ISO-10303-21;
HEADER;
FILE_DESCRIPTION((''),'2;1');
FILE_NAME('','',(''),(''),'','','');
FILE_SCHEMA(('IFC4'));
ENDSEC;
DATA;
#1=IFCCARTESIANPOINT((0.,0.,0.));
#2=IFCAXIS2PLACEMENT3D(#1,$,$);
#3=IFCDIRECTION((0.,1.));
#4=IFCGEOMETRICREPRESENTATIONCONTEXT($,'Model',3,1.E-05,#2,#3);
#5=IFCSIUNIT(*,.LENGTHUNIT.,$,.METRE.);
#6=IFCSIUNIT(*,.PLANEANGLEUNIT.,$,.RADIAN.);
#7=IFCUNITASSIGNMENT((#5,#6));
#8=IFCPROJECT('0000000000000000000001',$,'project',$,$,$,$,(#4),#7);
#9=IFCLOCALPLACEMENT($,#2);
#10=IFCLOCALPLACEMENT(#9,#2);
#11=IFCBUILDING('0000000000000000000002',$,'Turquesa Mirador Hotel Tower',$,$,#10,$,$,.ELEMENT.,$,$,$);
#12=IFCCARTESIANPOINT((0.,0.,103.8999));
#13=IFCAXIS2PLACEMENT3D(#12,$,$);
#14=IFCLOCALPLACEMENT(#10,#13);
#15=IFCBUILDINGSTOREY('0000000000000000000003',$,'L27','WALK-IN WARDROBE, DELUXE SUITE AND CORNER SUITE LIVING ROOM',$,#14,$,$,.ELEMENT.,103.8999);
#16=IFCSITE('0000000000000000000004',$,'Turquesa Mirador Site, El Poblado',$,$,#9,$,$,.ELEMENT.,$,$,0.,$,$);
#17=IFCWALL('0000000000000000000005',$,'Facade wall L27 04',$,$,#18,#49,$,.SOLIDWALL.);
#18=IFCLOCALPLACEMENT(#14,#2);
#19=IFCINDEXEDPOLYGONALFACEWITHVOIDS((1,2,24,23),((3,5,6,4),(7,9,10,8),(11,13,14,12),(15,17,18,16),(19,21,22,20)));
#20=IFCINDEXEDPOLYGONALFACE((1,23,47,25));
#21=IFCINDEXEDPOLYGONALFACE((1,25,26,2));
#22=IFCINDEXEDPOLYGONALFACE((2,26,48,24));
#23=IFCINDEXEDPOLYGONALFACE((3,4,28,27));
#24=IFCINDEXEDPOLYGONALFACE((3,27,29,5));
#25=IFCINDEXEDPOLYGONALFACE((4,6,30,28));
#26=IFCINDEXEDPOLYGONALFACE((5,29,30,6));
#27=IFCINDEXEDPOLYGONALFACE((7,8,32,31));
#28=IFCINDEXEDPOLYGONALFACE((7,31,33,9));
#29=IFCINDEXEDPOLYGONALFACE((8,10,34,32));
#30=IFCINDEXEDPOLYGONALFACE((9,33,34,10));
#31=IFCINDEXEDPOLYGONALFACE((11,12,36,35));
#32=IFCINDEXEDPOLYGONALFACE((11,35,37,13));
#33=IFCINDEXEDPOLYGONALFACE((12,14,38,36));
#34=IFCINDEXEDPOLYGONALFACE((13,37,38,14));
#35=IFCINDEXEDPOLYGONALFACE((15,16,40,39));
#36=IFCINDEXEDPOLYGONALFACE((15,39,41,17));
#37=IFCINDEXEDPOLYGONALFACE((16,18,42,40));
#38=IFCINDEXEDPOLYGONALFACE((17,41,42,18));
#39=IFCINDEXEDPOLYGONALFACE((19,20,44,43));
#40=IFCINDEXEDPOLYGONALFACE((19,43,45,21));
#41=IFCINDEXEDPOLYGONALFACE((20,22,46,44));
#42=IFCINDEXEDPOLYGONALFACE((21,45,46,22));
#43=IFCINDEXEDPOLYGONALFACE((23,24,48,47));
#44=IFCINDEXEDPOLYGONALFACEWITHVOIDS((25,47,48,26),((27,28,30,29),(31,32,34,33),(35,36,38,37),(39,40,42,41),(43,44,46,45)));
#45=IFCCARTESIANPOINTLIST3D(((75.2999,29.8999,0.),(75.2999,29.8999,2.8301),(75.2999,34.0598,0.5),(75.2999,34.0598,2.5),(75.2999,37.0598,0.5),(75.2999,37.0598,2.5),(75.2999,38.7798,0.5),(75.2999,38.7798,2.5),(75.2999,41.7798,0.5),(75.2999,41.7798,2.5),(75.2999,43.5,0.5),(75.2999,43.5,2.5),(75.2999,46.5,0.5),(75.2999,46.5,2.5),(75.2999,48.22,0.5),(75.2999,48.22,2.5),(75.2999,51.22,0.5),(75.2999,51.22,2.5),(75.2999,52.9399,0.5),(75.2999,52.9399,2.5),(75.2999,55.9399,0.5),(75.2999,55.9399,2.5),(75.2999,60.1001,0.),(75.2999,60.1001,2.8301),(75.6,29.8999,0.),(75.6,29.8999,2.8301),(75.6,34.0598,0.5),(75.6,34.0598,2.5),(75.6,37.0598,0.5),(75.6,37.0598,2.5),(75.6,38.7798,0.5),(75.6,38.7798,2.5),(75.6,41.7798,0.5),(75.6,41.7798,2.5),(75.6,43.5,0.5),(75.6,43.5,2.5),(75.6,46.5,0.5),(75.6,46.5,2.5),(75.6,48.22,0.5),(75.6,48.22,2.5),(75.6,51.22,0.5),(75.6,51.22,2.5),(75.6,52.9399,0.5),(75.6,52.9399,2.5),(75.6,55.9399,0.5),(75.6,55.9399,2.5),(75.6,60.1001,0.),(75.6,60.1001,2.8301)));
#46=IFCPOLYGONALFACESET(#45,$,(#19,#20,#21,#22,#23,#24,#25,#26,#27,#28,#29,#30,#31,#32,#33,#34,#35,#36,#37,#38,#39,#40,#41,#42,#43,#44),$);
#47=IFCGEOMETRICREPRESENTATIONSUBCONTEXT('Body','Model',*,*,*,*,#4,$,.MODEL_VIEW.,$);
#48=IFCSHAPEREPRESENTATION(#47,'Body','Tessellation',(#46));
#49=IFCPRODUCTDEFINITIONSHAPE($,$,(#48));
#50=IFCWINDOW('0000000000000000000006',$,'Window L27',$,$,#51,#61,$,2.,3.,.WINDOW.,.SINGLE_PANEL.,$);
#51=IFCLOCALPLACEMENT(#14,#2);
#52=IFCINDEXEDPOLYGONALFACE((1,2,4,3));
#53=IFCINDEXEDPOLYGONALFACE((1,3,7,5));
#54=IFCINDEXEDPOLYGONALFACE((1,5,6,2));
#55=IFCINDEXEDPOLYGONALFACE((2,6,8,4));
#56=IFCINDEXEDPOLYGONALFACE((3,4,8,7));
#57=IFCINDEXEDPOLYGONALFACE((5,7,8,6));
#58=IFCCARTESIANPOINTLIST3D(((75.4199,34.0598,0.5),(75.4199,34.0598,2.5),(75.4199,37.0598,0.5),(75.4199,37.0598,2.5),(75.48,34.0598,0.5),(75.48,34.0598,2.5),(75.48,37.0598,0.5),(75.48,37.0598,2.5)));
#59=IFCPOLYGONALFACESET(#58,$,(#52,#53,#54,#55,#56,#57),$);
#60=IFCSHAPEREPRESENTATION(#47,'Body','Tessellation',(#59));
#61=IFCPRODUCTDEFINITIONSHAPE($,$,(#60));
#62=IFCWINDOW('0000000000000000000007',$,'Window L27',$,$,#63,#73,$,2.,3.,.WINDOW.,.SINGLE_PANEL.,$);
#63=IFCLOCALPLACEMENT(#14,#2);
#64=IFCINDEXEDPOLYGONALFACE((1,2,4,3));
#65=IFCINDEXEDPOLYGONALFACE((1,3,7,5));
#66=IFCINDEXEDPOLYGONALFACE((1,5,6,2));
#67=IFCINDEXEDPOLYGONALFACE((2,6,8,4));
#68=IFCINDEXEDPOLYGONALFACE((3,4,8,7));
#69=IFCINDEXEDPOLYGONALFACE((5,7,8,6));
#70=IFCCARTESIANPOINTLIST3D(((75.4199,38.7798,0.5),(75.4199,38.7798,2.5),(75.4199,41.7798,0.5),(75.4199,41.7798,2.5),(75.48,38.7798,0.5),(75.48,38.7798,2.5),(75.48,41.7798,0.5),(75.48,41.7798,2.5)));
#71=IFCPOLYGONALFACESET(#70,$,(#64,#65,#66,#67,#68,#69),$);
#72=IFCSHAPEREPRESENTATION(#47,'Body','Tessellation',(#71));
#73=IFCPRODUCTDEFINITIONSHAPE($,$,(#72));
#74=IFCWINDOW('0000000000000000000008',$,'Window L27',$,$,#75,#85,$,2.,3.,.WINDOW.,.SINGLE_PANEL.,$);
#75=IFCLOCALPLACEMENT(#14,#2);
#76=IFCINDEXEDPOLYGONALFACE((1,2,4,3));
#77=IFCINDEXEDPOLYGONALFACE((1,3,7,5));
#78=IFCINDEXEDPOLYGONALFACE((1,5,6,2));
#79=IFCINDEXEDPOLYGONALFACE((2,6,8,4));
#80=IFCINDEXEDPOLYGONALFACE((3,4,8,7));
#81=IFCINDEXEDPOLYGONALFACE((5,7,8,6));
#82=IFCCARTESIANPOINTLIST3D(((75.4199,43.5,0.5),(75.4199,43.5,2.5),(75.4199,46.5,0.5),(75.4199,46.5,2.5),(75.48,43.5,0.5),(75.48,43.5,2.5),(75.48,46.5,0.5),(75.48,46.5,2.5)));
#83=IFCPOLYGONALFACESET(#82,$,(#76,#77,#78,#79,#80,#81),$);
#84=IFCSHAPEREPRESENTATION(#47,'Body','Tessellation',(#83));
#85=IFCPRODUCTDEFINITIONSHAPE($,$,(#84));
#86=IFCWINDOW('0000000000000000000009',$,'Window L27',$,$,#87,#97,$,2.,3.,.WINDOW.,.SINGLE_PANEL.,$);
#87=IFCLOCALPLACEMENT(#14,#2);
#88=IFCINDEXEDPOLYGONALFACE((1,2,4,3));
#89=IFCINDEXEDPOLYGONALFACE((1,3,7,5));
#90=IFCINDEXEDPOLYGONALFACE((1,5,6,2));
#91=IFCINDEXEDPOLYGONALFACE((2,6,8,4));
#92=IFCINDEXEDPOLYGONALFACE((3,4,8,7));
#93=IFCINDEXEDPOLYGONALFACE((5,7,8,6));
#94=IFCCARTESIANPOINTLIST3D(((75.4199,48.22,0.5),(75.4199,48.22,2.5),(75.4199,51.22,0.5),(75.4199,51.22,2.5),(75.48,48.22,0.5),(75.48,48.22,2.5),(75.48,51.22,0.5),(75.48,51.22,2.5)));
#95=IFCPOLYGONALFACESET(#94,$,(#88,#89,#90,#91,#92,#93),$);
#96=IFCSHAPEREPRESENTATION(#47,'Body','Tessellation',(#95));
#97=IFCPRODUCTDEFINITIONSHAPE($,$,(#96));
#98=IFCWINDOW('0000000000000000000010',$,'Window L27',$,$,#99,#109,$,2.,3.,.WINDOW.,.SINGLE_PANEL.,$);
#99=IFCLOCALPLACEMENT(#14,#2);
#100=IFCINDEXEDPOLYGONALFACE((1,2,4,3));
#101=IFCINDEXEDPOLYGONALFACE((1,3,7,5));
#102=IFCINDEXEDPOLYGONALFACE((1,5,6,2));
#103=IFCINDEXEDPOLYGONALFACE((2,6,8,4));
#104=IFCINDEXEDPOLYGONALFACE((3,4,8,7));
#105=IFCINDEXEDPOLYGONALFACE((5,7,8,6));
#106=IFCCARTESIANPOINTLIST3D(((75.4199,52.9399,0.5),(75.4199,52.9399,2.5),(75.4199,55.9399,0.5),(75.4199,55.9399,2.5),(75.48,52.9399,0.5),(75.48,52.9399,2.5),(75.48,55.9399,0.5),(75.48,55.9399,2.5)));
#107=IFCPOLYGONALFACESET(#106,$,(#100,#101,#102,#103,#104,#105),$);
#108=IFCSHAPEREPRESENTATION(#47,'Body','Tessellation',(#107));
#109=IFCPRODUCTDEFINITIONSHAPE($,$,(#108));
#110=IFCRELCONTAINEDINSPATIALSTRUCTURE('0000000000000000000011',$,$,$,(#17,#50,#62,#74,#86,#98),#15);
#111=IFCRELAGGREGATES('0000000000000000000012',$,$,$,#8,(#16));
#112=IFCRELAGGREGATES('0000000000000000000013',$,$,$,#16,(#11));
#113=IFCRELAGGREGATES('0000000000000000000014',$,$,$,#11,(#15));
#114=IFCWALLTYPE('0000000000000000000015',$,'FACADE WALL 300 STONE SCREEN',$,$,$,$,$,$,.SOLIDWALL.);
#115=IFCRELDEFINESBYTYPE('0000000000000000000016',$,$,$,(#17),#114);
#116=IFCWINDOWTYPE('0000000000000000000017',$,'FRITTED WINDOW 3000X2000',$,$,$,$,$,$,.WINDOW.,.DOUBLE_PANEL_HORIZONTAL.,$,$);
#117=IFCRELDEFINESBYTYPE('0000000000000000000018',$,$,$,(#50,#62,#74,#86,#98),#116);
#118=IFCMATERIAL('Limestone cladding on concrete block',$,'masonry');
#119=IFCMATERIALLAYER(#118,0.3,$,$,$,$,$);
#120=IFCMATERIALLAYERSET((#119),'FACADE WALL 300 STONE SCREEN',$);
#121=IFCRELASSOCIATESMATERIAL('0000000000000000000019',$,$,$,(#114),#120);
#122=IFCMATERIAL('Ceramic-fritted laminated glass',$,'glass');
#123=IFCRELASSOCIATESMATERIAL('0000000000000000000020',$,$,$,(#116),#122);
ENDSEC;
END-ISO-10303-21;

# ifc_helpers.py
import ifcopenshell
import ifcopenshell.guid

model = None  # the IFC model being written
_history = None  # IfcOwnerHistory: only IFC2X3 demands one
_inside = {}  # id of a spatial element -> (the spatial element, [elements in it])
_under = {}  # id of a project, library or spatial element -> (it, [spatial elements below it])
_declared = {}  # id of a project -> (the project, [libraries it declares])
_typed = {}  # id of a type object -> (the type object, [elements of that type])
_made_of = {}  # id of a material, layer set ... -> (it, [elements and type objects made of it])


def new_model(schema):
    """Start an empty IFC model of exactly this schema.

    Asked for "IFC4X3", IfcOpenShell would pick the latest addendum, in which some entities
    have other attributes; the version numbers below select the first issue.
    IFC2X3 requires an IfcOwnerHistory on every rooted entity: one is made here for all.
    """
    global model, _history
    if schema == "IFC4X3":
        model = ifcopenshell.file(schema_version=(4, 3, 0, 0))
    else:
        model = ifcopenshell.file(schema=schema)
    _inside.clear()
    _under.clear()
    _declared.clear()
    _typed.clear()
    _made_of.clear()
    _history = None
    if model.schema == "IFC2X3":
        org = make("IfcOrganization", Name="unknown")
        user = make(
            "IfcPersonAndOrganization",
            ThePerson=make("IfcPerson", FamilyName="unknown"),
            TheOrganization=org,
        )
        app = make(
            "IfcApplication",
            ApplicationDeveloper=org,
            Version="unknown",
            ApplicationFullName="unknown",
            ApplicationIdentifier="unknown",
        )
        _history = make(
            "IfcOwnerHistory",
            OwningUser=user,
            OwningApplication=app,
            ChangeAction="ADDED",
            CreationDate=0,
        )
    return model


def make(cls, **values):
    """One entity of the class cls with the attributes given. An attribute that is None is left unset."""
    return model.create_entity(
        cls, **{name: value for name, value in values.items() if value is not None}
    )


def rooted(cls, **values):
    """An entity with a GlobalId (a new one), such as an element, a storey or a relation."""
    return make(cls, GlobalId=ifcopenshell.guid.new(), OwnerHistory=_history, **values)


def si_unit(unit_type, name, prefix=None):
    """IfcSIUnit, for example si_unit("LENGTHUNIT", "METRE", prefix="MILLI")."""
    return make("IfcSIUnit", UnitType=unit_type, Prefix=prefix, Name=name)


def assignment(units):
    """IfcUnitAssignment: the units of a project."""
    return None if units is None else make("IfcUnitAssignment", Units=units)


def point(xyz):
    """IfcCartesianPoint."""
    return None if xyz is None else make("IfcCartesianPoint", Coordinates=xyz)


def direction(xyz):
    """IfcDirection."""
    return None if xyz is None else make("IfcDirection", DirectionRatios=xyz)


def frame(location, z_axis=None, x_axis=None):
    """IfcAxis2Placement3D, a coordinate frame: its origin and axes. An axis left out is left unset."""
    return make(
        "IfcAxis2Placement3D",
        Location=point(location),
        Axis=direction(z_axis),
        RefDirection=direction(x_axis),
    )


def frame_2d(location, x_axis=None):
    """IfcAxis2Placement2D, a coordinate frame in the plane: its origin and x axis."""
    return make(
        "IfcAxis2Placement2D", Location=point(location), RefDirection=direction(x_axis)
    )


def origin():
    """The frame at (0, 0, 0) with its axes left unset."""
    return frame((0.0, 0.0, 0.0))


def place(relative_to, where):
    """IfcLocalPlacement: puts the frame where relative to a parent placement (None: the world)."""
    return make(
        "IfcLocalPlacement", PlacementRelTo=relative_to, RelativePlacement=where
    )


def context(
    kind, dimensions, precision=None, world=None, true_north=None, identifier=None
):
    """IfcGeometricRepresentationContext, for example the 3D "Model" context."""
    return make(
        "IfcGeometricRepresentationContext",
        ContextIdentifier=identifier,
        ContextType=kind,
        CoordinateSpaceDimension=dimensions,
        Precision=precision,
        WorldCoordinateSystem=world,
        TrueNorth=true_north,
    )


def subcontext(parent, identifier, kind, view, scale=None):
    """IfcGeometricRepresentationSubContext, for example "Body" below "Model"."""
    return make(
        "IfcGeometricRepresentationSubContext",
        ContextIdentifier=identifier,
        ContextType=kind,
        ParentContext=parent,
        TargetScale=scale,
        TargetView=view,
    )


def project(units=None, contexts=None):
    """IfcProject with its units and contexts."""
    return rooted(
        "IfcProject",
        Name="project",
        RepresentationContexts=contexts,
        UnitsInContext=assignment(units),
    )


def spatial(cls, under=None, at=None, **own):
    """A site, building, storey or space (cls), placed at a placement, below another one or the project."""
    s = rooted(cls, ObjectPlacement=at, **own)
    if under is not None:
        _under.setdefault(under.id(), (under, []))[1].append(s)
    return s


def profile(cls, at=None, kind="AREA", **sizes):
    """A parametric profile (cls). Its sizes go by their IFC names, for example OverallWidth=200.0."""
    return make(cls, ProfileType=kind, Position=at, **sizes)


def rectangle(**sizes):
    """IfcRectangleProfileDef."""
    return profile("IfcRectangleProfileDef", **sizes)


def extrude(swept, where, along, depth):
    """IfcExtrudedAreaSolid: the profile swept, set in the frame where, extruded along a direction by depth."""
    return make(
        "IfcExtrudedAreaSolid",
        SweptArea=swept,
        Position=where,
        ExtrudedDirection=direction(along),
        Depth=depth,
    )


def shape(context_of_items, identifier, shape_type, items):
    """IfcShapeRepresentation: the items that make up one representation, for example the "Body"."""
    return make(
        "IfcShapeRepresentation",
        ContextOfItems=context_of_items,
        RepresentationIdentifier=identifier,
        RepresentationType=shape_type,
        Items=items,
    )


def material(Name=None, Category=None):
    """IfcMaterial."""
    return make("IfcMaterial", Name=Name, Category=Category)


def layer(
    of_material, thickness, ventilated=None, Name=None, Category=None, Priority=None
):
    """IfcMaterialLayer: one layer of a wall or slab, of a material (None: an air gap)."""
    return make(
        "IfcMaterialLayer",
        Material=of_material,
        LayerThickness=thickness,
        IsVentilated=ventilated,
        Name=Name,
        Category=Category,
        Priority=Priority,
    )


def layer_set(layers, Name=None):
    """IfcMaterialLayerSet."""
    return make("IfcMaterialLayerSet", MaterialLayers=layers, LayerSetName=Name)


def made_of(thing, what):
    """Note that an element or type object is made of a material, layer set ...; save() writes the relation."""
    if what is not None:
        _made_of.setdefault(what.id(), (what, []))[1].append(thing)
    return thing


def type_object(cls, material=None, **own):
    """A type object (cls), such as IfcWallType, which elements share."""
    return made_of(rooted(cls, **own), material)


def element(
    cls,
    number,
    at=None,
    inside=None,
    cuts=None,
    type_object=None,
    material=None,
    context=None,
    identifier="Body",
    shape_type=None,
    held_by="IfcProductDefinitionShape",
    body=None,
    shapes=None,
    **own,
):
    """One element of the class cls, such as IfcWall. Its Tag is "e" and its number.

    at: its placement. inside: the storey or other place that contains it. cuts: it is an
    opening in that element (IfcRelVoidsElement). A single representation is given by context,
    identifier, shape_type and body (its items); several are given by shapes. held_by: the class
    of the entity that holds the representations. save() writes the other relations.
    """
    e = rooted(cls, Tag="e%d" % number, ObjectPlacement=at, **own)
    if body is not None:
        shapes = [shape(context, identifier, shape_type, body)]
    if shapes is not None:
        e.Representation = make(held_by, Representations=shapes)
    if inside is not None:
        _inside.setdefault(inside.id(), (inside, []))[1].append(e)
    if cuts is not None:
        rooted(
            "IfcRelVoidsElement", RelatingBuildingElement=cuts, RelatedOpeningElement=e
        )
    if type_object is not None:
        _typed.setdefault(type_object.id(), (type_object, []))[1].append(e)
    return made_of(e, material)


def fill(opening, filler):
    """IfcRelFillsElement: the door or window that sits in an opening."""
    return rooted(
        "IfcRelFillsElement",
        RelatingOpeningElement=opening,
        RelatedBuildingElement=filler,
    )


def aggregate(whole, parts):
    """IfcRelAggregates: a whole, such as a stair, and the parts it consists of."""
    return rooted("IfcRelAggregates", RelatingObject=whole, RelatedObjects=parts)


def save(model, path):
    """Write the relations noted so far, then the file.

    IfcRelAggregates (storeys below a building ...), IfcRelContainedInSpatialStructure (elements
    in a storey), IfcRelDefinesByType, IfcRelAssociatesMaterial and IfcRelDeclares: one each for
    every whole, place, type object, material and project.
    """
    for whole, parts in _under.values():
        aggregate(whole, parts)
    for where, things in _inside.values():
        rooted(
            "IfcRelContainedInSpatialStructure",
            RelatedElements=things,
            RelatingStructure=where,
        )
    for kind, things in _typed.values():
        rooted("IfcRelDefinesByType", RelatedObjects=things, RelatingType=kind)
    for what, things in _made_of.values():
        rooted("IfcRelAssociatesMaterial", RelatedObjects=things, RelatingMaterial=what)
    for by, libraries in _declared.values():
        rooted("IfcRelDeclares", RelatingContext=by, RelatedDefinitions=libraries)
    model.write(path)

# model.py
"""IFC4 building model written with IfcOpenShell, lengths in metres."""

from ifc_helpers import new_model, si_unit, direction, frame, frame_2d, origin, place, context, subcontext, project, spatial, rectangle, extrude, material, layer, layer_set, type_object, element, fill, save


model = new_model("IFC4")

# Units and contexts
model_context = context("Model", 3, precision=1e-05, world=origin(), true_north=direction((0.0, 1.0)))
body_context = subcontext(model_context, "Body", "Model", "MODEL_VIEW")
ifc_project = project(units=[si_unit("LENGTHUNIT", "METRE"), si_unit("PLANEANGLEUNIT", "RADIAN")], contexts=[model_context])

# Site, building, storey
site_placement = place(None, origin())
site = spatial("IfcSite", under=ifc_project, at=site_placement, Name="Turquesa Mirador Site, El Poblado", CompositionType="ELEMENT", RefElevation=0.0)
building_placement = place(site_placement, origin())
building = spatial("IfcBuilding", under=site, at=building_placement, Name="Turquesa Mirador Hotel Tower", CompositionType="ELEMENT")
storey_placement = place(building_placement, frame((0.0, 0.0, 103.8999)))
storey = spatial("IfcBuildingStorey", under=building, at=storey_placement, Name="L27", Description="WALK-IN WARDROBE, DELUXE SUITE AND CORNER SUITE LIVING ROOM", CompositionType="ELEMENT", Elevation=103.8999)

# Shared definitions
ifc_material_1 = material(Name="Limestone cladding on concrete block", Category="masonry")
ifc_layer = layer(ifc_material_1, 0.3)
ifc_layer_set = layer_set([ifc_layer], Name="FACADE WALL 300 STONE SCREEN")
wall_type = type_object("IfcWallType", Name="FACADE WALL 300 STONE SCREEN", PredefinedType="SOLIDWALL", material=ifc_layer_set)

# Wall, openings, windows
wall_1_placement = place(storey_placement, frame((75.45, 29.8999, 0.0), z_axis=(0.0, 0.0, 1.0), x_axis=(0.0, 1.0, 0.0)))
wall_1 = element("IfcWall", 1, at=wall_1_placement, inside=storey, type_object=wall_type, Name="Facade wall L27 04", PredefinedType="SOLIDWALL", context=body_context, shape_type="SweptSolid", body=[
    extrude(rectangle(XDim=30.2002, YDim=0.3, at=frame_2d((15.1001, 0.0))), origin(), (0.0, 0.0, 1.0), 2.8301),
])
opening_1_placement = place(wall_1_placement, frame((4.1599, 0.0, 0.5)))
opening_1 = element("IfcOpeningElement", 2, at=opening_1_placement, cuts=wall_1, PredefinedType="OPENING", context=body_context, shape_type="SweptSolid", body=[
    extrude(rectangle(XDim=3.0, YDim=2.0, at=frame_2d((1.5, 1.0))), frame((0.0, 0.1599, 0.0), z_axis=(0.0, -1.0, 0.0), x_axis=(1.0, 0.0, 0.0)), (0.0, 0.0, 1.0), 0.3201),
])
opening_2_placement = place(wall_1_placement, frame((8.8799, 0.0, 0.5)))
opening_2 = element("IfcOpeningElement", 3, at=opening_2_placement, cuts=wall_1, PredefinedType="OPENING", context=body_context, shape_type="SweptSolid", body=[
    extrude(rectangle(XDim=3.0, YDim=2.0, at=frame_2d((1.5, 1.0))), frame((0.0, 0.1599, 0.0), z_axis=(0.0, -1.0, 0.0), x_axis=(1.0, 0.0, 0.0)), (0.0, 0.0, 1.0), 0.3201),
])
opening_3_placement = place(wall_1_placement, frame((13.6001, 0.0, 0.5)))
opening_3 = element("IfcOpeningElement", 4, at=opening_3_placement, cuts=wall_1, PredefinedType="OPENING", context=body_context, shape_type="SweptSolid", body=[
    extrude(rectangle(XDim=3.0, YDim=2.0, at=frame_2d((1.5, 1.0))), frame((0.0, 0.1599, 0.0), z_axis=(0.0, -1.0, 0.0), x_axis=(1.0, 0.0, 0.0)), (0.0, 0.0, 1.0), 0.3201),
])
opening_4_placement = place(wall_1_placement, frame((18.3201, 0.0, 0.5)))
opening_4 = element("IfcOpeningElement", 5, at=opening_4_placement, cuts=wall_1, PredefinedType="OPENING", context=body_context, shape_type="SweptSolid", body=[
    extrude(rectangle(XDim=3.0, YDim=2.0, at=frame_2d((1.5, 1.0))), frame((0.0, 0.1599, 0.0), z_axis=(0.0, -1.0, 0.0), x_axis=(1.0, 0.0, 0.0)), (0.0, 0.0, 1.0), 0.3201),
])
opening_5_placement = place(wall_1_placement, frame((23.04, 0.0, 0.5)))
opening_5 = element("IfcOpeningElement", 6, at=opening_5_placement, cuts=wall_1, PredefinedType="OPENING", context=body_context, shape_type="SweptSolid", body=[
    extrude(rectangle(XDim=3.0, YDim=2.0, at=frame_2d((1.5, 1.0))), frame((0.0, 0.1599, 0.0), z_axis=(0.0, -1.0, 0.0), x_axis=(1.0, 0.0, 0.0)), (0.0, 0.0, 1.0), 0.3201),
])
ifc_material_2 = material(Name="Ceramic-fritted laminated glass", Category="glass")
window_type_1 = type_object("IfcWindowType", Name="FRITTED WINDOW 3000X2000", PartitioningType="DOUBLE_PANEL_HORIZONTAL", PredefinedType="WINDOW", material=ifc_material_2)
window_1_placement = place(opening_1_placement, origin())
window_1 = element("IfcWindow", 7, at=window_1_placement, inside=storey, type_object=window_type_1, Name="Window L27", OverallHeight=2.0, OverallWidth=3.0, PartitioningType="SINGLE_PANEL", PredefinedType="WINDOW", context=body_context, shape_type="SweptSolid", body=[
    extrude(rectangle(XDim=3.0, YDim=2.0, at=frame_2d((1.5, 1.0))), frame((0.0, 0.03, 0.0), z_axis=(0.0, -1.0, 0.0), x_axis=(1.0, 0.0, 0.0)), (0.0, 0.0, 1.0), 0.0601),
])
fill(opening_1, window_1)
window_2_placement = place(opening_2_placement, origin())
window_2 = element("IfcWindow", 8, at=window_2_placement, inside=storey, type_object=window_type_1, Name="Window L27", OverallHeight=2.0, OverallWidth=3.0, PartitioningType="SINGLE_PANEL", PredefinedType="WINDOW", context=body_context, shape_type="SweptSolid", body=[
    extrude(rectangle(XDim=3.0, YDim=2.0, at=frame_2d((1.5, 1.0))), frame((0.0, 0.03, 0.0), z_axis=(0.0, -1.0, 0.0), x_axis=(1.0, 0.0, 0.0)), (0.0, 0.0, 1.0), 0.0601),
])
fill(opening_2, window_2)
window_3_placement = place(opening_3_placement, origin())
window_3 = element("IfcWindow", 9, at=window_3_placement, inside=storey, type_object=window_type_1, Name="Window L27", OverallHeight=2.0, OverallWidth=3.0, PartitioningType="SINGLE_PANEL", PredefinedType="WINDOW", context=body_context, shape_type="SweptSolid", body=[
    extrude(rectangle(XDim=3.0, YDim=2.0, at=frame_2d((1.5, 1.0))), frame((0.0, 0.03, 0.0), z_axis=(0.0, -1.0, 0.0), x_axis=(1.0, 0.0, 0.0)), (0.0, 0.0, 1.0), 0.0601),
])
fill(opening_3, window_3)
window_4_placement = place(opening_4_placement, origin())
window_4 = element("IfcWindow", 10, at=window_4_placement, inside=storey, type_object=window_type_1, Name="Window L27", OverallHeight=2.0, OverallWidth=3.0, PartitioningType="SINGLE_PANEL", PredefinedType="WINDOW", context=body_context, shape_type="SweptSolid", body=[
    extrude(rectangle(XDim=3.0, YDim=2.0, at=frame_2d((1.5, 1.0))), frame((0.0, 0.03, 0.0), z_axis=(0.0, -1.0, 0.0), x_axis=(1.0, 0.0, 0.0)), (0.0, 0.0, 1.0), 0.0601),
])
fill(opening_4, window_4)
window_5_placement = place(opening_5_placement, origin())
window_5 = element("IfcWindow", 11, at=window_5_placement, inside=storey, type_object=window_type_1, Name="Window L27", OverallHeight=2.0, OverallWidth=3.0, PartitioningType="SINGLE_PANEL", PredefinedType="WINDOW", context=body_context, shape_type="SweptSolid", body=[
    extrude(rectangle(XDim=3.0, YDim=2.0, at=frame_2d((1.5, 1.0))), frame((0.0, 0.03, 0.0), z_axis=(0.0, -1.0, 0.0), x_axis=(1.0, 0.0, 0.0)), (0.0, 0.0, 1.0), 0.0601),
])
fill(opening_5, window_5)

save(model, "model.ifc")
